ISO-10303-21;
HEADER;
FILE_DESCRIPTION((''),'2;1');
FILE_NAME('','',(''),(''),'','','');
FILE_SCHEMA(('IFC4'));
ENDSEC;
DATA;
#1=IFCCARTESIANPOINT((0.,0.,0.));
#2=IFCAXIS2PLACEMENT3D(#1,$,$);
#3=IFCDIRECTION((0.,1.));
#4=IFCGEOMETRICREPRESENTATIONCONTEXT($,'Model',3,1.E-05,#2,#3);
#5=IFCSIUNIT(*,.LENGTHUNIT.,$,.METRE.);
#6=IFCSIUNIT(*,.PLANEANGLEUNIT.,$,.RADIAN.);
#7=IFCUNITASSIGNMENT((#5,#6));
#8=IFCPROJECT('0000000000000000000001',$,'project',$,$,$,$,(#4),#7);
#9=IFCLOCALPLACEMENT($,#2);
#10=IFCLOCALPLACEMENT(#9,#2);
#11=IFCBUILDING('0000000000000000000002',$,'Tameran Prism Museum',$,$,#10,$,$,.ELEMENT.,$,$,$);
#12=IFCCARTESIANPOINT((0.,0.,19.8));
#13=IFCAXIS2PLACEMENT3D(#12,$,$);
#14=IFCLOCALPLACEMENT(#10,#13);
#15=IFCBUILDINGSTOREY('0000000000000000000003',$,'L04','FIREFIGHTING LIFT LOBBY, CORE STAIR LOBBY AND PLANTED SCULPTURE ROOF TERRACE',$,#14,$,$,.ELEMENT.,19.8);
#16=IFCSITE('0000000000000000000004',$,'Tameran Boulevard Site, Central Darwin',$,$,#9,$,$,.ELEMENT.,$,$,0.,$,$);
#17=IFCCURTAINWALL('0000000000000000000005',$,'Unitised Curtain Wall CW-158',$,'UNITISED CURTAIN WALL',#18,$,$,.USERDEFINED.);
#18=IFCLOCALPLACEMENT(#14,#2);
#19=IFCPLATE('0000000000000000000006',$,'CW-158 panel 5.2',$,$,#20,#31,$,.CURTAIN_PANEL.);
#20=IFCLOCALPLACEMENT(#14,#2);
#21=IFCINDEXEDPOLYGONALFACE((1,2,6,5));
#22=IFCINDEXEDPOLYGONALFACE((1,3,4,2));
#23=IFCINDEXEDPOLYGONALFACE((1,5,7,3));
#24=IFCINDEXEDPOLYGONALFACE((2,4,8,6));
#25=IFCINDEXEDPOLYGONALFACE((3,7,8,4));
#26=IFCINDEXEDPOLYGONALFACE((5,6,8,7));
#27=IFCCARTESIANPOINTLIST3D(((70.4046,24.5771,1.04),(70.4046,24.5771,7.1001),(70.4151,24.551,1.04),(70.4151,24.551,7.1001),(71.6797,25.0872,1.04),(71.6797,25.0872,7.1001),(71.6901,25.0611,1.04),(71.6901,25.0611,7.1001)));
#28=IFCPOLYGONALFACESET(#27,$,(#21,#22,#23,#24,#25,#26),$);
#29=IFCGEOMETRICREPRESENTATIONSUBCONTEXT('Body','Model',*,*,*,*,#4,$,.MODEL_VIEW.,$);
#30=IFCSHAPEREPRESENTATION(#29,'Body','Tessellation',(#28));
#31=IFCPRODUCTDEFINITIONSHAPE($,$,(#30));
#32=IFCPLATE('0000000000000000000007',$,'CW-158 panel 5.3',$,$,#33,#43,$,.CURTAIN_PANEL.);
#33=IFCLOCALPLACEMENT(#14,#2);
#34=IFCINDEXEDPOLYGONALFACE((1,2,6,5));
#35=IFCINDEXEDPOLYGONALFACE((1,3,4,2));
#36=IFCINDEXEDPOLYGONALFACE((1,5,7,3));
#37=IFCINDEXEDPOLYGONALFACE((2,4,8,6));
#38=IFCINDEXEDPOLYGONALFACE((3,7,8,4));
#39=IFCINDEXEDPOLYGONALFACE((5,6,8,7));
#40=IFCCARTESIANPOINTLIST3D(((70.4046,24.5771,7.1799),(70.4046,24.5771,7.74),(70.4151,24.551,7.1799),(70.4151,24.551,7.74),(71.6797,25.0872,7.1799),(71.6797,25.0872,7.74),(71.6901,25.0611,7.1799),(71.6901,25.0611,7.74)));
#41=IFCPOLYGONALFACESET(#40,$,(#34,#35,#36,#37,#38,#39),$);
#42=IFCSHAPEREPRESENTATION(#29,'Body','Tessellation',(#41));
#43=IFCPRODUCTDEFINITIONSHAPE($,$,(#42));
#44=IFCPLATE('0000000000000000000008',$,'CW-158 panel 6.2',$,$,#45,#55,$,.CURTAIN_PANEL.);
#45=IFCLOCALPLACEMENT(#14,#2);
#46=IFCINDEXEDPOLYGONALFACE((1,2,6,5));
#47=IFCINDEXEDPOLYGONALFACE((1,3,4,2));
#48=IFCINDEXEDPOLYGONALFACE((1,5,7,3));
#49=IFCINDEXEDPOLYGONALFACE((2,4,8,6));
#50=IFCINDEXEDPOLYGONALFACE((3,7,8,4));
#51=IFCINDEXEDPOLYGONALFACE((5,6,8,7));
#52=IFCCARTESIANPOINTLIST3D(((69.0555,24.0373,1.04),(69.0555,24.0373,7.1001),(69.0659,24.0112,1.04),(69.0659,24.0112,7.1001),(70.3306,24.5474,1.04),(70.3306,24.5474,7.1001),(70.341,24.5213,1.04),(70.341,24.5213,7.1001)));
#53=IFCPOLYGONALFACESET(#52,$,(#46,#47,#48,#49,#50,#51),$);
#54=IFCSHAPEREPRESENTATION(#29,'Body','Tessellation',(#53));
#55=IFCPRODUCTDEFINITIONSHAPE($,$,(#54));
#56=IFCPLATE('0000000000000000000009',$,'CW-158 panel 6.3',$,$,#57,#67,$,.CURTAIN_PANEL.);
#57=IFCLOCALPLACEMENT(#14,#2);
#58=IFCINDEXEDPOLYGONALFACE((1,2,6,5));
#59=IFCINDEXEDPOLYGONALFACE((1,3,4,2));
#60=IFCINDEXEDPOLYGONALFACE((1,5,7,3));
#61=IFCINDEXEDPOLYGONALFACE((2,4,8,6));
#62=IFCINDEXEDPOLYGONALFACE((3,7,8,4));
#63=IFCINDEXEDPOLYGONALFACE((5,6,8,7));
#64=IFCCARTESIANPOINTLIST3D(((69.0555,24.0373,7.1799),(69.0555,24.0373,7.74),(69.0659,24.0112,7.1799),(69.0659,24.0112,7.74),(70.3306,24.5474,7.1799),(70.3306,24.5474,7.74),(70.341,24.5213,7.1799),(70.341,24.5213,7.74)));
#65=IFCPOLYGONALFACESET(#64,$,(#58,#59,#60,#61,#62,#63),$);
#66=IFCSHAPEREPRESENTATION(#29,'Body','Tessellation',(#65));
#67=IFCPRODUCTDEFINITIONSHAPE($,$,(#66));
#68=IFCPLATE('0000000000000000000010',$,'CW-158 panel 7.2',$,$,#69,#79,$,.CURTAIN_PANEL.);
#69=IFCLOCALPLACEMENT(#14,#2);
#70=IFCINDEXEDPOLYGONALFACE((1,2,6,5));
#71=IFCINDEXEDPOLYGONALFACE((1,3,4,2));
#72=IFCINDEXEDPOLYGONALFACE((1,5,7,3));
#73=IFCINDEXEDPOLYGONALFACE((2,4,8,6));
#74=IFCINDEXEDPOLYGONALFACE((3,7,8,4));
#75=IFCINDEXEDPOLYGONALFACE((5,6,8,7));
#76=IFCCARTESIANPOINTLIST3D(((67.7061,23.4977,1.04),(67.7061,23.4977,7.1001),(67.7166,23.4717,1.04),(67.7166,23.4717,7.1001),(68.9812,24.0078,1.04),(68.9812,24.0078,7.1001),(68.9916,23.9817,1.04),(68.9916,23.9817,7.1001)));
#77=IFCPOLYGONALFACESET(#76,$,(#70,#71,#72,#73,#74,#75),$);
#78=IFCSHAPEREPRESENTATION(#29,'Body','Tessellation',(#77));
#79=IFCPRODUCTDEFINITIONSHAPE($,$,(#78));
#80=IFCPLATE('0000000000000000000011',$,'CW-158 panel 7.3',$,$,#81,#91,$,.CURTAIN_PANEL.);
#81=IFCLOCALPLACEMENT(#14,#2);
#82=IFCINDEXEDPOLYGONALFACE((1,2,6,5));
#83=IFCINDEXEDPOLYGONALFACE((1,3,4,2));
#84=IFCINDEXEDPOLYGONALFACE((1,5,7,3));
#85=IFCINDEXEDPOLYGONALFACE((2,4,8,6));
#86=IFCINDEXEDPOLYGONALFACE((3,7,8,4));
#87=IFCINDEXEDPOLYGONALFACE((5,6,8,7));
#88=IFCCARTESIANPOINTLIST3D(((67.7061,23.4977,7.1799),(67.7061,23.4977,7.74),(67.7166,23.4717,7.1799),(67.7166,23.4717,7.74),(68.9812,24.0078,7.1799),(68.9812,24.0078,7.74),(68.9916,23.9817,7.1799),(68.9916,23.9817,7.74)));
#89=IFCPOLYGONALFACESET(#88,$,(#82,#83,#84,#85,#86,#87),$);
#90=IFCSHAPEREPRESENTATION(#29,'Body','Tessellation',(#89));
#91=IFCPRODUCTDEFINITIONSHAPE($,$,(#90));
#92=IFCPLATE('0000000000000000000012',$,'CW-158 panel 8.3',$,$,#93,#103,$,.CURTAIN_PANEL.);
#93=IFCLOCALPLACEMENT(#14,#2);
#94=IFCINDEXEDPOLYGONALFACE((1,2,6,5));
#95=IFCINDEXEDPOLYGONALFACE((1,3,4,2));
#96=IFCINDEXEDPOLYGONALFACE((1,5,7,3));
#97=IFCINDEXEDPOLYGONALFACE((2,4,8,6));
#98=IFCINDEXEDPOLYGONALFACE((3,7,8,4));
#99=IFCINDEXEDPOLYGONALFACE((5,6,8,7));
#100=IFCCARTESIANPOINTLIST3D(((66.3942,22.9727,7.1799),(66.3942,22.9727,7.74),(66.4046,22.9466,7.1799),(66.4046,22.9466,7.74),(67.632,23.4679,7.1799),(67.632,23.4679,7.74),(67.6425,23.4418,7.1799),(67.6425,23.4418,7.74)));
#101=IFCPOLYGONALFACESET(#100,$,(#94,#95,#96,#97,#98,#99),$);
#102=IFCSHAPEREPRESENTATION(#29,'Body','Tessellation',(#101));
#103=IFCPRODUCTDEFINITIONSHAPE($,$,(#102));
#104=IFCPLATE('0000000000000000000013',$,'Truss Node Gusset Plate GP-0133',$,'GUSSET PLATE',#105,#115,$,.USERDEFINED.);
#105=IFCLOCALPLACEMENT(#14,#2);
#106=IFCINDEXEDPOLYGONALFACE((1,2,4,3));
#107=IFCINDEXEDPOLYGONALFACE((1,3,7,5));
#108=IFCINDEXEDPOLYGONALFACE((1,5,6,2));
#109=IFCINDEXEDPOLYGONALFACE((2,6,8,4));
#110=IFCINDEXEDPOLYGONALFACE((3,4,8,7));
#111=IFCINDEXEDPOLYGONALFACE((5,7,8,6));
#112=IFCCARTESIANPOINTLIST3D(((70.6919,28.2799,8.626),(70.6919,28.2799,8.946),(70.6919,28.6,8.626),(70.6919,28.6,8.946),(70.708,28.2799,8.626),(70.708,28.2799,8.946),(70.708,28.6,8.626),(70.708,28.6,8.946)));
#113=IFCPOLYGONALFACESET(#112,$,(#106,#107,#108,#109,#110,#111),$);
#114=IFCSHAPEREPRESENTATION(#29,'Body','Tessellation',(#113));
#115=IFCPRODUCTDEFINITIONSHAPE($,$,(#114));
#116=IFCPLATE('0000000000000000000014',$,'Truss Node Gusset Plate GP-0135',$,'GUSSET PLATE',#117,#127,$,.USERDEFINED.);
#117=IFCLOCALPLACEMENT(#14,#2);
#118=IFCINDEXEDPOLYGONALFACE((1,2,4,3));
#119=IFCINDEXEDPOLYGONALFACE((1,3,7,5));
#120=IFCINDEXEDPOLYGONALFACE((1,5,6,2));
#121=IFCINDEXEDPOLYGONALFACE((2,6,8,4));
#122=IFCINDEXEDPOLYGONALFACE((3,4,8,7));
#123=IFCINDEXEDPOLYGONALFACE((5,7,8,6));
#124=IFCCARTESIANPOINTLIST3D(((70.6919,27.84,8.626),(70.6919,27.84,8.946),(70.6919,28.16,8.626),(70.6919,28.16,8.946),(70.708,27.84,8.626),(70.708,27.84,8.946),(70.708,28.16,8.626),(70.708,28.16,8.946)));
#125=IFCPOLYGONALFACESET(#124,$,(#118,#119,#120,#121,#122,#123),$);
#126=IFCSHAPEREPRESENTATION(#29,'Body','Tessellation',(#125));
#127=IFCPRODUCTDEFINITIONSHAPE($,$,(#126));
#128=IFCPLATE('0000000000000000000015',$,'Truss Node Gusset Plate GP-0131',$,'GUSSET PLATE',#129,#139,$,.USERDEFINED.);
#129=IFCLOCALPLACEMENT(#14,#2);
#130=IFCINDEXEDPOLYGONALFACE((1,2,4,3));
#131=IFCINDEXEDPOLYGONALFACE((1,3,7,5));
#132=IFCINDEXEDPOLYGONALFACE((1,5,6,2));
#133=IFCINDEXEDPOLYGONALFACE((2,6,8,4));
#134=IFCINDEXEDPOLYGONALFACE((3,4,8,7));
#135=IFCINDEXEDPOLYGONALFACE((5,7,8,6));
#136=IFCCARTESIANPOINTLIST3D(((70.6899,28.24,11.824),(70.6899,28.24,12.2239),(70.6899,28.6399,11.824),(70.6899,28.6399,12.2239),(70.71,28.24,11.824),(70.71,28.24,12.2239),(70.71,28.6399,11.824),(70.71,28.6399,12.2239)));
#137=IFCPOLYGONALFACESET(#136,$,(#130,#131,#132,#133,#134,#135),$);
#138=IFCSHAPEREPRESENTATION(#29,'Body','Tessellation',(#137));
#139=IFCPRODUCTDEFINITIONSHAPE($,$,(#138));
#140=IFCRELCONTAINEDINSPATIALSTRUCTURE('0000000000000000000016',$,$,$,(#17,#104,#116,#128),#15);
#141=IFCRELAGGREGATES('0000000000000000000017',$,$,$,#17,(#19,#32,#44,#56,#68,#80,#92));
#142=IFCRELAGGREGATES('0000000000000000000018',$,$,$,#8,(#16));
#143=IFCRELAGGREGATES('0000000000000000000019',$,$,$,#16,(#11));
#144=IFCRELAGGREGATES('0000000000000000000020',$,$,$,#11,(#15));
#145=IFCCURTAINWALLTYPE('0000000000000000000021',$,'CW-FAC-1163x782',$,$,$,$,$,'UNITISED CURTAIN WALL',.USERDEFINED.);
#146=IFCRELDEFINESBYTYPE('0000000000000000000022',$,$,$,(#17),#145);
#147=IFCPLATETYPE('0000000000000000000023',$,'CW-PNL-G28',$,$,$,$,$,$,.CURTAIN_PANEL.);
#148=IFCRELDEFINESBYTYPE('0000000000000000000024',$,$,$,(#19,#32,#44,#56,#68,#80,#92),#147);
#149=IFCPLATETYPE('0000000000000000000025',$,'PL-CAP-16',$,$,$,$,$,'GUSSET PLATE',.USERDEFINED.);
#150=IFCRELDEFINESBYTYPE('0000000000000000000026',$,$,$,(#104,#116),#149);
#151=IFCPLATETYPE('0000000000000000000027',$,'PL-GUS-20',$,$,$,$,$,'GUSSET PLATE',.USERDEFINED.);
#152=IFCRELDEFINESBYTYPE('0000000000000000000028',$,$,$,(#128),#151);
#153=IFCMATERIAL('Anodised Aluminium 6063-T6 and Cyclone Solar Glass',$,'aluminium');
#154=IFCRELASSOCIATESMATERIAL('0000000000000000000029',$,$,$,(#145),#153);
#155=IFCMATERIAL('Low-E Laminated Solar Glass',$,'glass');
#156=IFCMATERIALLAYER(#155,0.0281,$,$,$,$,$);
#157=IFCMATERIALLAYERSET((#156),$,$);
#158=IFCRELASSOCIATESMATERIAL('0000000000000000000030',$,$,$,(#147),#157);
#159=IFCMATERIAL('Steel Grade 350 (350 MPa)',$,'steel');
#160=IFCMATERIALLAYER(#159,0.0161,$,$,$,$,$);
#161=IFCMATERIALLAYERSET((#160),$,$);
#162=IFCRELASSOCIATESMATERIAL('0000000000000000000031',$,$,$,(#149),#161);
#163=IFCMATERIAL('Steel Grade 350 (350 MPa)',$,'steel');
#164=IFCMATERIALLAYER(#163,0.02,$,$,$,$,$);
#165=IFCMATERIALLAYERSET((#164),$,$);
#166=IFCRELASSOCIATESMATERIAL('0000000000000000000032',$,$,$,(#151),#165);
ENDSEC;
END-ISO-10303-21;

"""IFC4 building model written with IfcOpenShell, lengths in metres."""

from ifc_helpers import new_model, si_unit, direction, frame, origin, origin_2d, place, context, subcontext, project, spatial, rectangle, extrude, material, layer, layer_set, type_object, element, aggregate, save


model = new_model("IFC4")

# Units and contexts
model_context = context("Model", 3, precision=1e-05, world=origin(), true_north=direction((0.0, 1.0)))
body_context = subcontext(model_context, "Body", "Model", "MODEL_VIEW")
ifc_project = project(units=[si_unit("LENGTHUNIT", "METRE"), si_unit("PLANEANGLEUNIT", "RADIAN")], contexts=[model_context])

# Site, building, storey
site_placement = place(None, origin())
site = spatial("IfcSite", under=ifc_project, at=site_placement, Name="Tameran Boulevard Site, Central Darwin", CompositionType="ELEMENT", RefElevation=0.0)
building_placement = place(site_placement, origin())
building = spatial("IfcBuilding", under=site, at=building_placement, Name="Tameran Prism Museum", CompositionType="ELEMENT")
storey_placement = place(building_placement, frame((0.0, 0.0, 19.8)))
storey = spatial("IfcBuildingStorey", under=building, at=storey_placement, Name="L04", Description="FIREFIGHTING LIFT LOBBY, CORE STAIR LOBBY AND PLANTED SCULPTURE ROOF TERRACE", CompositionType="ELEMENT", Elevation=19.8)

# Curtain wall
ifc_material_1 = material(Name="Anodised Aluminium 6063-T6 and Cyclone Solar Glass", Category="aluminium")
curtain_wall_type_1 = type_object("IfcCurtainWallType", Name="CW-FAC-1163x782", ElementType="UNITISED CURTAIN WALL", PredefinedType="USERDEFINED", material=ifc_material_1)
curtain_wall_1_placement = place(storey_placement, origin())
curtain_wall_1 = element("IfcCurtainWall", 1, at=curtain_wall_1_placement, inside=storey, type_object=curtain_wall_type_1, Name="Unitised Curtain Wall CW-158", ObjectType="UNITISED CURTAIN WALL", PredefinedType="USERDEFINED")

# Shared definitions
ifc_material_2 = material(Name="Low-E Laminated Solar Glass", Category="glass")
ifc_layer_1 = layer(ifc_material_2, 0.0281)
ifc_layer_set_1 = layer_set([ifc_layer_1])
plate_type_1 = type_object("IfcPlateType", Name="CW-PNL-G28", PredefinedType="CURTAIN_PANEL", material=ifc_layer_set_1)

# Plates
plate_1_placement = place(storey_placement, frame((71.0474, 24.8191, 1.04), z_axis=(0.0, 0.0, 1.0), x_axis=(-0.928465, -0.37142, 0.0)))
plate_1 = element("IfcPlate", 2, at=plate_1_placement, type_object=plate_type_1, Name="CW-158 panel 5.2", PredefinedType="CURTAIN_PANEL", context=body_context, shape_type="SweptSolid", body=[
    extrude(rectangle(XDim=1.3733, YDim=0.0281, at=origin_2d()), origin(), (0.0, 0.0, 1.0), 6.0601),
])
plate_2_placement = place(storey_placement, frame((71.0474, 24.8191, 7.1799), z_axis=(0.0, 0.0, 1.0), x_axis=(-0.928465, -0.37142, 0.0)))
plate_2 = element("IfcPlate", 3, at=plate_2_placement, type_object=plate_type_1, Name="CW-158 panel 5.3", PredefinedType="CURTAIN_PANEL", context=body_context, shape_type="SweptSolid", body=[
    extrude(rectangle(XDim=1.3733, YDim=0.0281, at=origin_2d()), origin(), (0.0, 0.0, 1.0), 0.5601),
])
plate_3_placement = place(storey_placement, frame((69.6982, 24.2793, 1.04), z_axis=(0.0, 0.0, 1.0), x_axis=(-0.928465, -0.37142, 0.0)))
plate_3 = element("IfcPlate", 4, at=plate_3_placement, type_object=plate_type_1, Name="CW-158 panel 6.2", PredefinedType="CURTAIN_PANEL", context=body_context, shape_type="SweptSolid", body=[
    extrude(rectangle(XDim=1.3733, YDim=0.0281, at=origin_2d()), origin(), (0.0, 0.0, 1.0), 6.0601),
])
plate_4_placement = place(storey_placement, frame((69.6982, 24.2793, 7.1799), z_axis=(0.0, 0.0, 1.0), x_axis=(-0.928465, -0.37142, 0.0)))
plate_4 = element("IfcPlate", 5, at=plate_4_placement, type_object=plate_type_1, Name="CW-158 panel 6.3", PredefinedType="CURTAIN_PANEL", context=body_context, shape_type="SweptSolid", body=[
    extrude(rectangle(XDim=1.3733, YDim=0.0281, at=origin_2d()), origin(), (0.0, 0.0, 1.0), 0.5601),
])
plate_5_placement = place(storey_placement, frame((68.3489, 23.7397, 1.04), z_axis=(0.0, 0.0, 1.0), x_axis=(-0.928465, -0.37142, 0.0)))
plate_5 = element("IfcPlate", 6, at=plate_5_placement, type_object=plate_type_1, Name="CW-158 panel 7.2", PredefinedType="CURTAIN_PANEL", context=body_context, shape_type="SweptSolid", body=[
    extrude(rectangle(XDim=1.3733, YDim=0.0281, at=origin_2d()), origin(), (0.0, 0.0, 1.0), 6.0601),
])
plate_6_placement = place(storey_placement, frame((68.3489, 23.7397, 7.1799), z_axis=(0.0, 0.0, 1.0), x_axis=(-0.928465, -0.37142, 0.0)))
plate_6 = element("IfcPlate", 7, at=plate_6_placement, type_object=plate_type_1, Name="CW-158 panel 7.3", PredefinedType="CURTAIN_PANEL", context=body_context, shape_type="SweptSolid", body=[
    extrude(rectangle(XDim=1.3733, YDim=0.0281, at=origin_2d()), origin(), (0.0, 0.0, 1.0), 0.5601),
])
plate_7_placement = place(storey_placement, frame((67.0183, 23.2073, 7.1799), z_axis=(0.0, 0.0, 1.0), x_axis=(-0.928465, -0.37142, 0.0)))
plate_7 = element("IfcPlate", 8, at=plate_7_placement, type_object=plate_type_1, Name="CW-158 panel 8.3", PredefinedType="CURTAIN_PANEL", context=body_context, shape_type="SweptSolid", body=[
    extrude(rectangle(XDim=1.3333, YDim=0.0281, at=origin_2d()), origin(), (0.0, 0.0, 1.0), 0.5601),
])
aggregate(curtain_wall_1, [plate_1, plate_2, plate_3, plate_4, plate_5, plate_6, plate_7])

# Plates
ifc_material_3 = material(Name="Steel Grade 350 (350 MPa)", Category="steel")
ifc_layer_2 = layer(ifc_material_3, 0.0161)
ifc_layer_set_2 = layer_set([ifc_layer_2])
plate_type_2 = type_object("IfcPlateType", Name="PL-CAP-16", ElementType="GUSSET PLATE", PredefinedType="USERDEFINED", material=ifc_layer_set_2)
for number, where, z_axis, x_axis, name in (
    (9, (70.7, 28.4399, 8.626), (0.0, 0.0, 1.0), (1.0, 0.0, 0.0), "Truss Node Gusset Plate GP-0133"),
    (10, (70.7, 28.0, 8.626), (0.0, 0.0, 1.0), (1.0, 0.0, 0.0), "Truss Node Gusset Plate GP-0135"),
):
    element("IfcPlate", number, at=place(storey_placement, frame(where, z_axis=z_axis, x_axis=x_axis)), inside=storey, type_object=plate_type_2, Name=name, ObjectType="GUSSET PLATE", PredefinedType="USERDEFINED", context=body_context, shape_type="SweptSolid", body=[
        extrude(rectangle(XDim=0.0161, YDim=0.3201, at=origin_2d()), origin(), (0.0, 0.0, 1.0), 0.3201),
    ])
ifc_material_4 = material(Name="Steel Grade 350 (350 MPa)", Category="steel")
ifc_layer_3 = layer(ifc_material_4, 0.02)
ifc_layer_set_3 = layer_set([ifc_layer_3])
plate_type_3 = type_object("IfcPlateType", Name="PL-GUS-20", ElementType="GUSSET PLATE", PredefinedType="USERDEFINED", material=ifc_layer_set_3)
plate_8_placement = place(storey_placement, frame((70.7, 28.4399, 11.824), z_axis=(0.0, 0.0, 1.0), x_axis=(1.0, 0.0, 0.0)))
element("IfcPlate", 11, at=plate_8_placement, inside=storey, type_object=plate_type_3, Name="Truss Node Gusset Plate GP-0131", ObjectType="GUSSET PLATE", PredefinedType="USERDEFINED", context=body_context, shape_type="SweptSolid", body=[
    extrude(rectangle(XDim=0.02, YDim=0.3999, at=origin_2d()), origin(), (0.0, 0.0, 1.0), 0.3999),
])

save(model, "model.ifc")
